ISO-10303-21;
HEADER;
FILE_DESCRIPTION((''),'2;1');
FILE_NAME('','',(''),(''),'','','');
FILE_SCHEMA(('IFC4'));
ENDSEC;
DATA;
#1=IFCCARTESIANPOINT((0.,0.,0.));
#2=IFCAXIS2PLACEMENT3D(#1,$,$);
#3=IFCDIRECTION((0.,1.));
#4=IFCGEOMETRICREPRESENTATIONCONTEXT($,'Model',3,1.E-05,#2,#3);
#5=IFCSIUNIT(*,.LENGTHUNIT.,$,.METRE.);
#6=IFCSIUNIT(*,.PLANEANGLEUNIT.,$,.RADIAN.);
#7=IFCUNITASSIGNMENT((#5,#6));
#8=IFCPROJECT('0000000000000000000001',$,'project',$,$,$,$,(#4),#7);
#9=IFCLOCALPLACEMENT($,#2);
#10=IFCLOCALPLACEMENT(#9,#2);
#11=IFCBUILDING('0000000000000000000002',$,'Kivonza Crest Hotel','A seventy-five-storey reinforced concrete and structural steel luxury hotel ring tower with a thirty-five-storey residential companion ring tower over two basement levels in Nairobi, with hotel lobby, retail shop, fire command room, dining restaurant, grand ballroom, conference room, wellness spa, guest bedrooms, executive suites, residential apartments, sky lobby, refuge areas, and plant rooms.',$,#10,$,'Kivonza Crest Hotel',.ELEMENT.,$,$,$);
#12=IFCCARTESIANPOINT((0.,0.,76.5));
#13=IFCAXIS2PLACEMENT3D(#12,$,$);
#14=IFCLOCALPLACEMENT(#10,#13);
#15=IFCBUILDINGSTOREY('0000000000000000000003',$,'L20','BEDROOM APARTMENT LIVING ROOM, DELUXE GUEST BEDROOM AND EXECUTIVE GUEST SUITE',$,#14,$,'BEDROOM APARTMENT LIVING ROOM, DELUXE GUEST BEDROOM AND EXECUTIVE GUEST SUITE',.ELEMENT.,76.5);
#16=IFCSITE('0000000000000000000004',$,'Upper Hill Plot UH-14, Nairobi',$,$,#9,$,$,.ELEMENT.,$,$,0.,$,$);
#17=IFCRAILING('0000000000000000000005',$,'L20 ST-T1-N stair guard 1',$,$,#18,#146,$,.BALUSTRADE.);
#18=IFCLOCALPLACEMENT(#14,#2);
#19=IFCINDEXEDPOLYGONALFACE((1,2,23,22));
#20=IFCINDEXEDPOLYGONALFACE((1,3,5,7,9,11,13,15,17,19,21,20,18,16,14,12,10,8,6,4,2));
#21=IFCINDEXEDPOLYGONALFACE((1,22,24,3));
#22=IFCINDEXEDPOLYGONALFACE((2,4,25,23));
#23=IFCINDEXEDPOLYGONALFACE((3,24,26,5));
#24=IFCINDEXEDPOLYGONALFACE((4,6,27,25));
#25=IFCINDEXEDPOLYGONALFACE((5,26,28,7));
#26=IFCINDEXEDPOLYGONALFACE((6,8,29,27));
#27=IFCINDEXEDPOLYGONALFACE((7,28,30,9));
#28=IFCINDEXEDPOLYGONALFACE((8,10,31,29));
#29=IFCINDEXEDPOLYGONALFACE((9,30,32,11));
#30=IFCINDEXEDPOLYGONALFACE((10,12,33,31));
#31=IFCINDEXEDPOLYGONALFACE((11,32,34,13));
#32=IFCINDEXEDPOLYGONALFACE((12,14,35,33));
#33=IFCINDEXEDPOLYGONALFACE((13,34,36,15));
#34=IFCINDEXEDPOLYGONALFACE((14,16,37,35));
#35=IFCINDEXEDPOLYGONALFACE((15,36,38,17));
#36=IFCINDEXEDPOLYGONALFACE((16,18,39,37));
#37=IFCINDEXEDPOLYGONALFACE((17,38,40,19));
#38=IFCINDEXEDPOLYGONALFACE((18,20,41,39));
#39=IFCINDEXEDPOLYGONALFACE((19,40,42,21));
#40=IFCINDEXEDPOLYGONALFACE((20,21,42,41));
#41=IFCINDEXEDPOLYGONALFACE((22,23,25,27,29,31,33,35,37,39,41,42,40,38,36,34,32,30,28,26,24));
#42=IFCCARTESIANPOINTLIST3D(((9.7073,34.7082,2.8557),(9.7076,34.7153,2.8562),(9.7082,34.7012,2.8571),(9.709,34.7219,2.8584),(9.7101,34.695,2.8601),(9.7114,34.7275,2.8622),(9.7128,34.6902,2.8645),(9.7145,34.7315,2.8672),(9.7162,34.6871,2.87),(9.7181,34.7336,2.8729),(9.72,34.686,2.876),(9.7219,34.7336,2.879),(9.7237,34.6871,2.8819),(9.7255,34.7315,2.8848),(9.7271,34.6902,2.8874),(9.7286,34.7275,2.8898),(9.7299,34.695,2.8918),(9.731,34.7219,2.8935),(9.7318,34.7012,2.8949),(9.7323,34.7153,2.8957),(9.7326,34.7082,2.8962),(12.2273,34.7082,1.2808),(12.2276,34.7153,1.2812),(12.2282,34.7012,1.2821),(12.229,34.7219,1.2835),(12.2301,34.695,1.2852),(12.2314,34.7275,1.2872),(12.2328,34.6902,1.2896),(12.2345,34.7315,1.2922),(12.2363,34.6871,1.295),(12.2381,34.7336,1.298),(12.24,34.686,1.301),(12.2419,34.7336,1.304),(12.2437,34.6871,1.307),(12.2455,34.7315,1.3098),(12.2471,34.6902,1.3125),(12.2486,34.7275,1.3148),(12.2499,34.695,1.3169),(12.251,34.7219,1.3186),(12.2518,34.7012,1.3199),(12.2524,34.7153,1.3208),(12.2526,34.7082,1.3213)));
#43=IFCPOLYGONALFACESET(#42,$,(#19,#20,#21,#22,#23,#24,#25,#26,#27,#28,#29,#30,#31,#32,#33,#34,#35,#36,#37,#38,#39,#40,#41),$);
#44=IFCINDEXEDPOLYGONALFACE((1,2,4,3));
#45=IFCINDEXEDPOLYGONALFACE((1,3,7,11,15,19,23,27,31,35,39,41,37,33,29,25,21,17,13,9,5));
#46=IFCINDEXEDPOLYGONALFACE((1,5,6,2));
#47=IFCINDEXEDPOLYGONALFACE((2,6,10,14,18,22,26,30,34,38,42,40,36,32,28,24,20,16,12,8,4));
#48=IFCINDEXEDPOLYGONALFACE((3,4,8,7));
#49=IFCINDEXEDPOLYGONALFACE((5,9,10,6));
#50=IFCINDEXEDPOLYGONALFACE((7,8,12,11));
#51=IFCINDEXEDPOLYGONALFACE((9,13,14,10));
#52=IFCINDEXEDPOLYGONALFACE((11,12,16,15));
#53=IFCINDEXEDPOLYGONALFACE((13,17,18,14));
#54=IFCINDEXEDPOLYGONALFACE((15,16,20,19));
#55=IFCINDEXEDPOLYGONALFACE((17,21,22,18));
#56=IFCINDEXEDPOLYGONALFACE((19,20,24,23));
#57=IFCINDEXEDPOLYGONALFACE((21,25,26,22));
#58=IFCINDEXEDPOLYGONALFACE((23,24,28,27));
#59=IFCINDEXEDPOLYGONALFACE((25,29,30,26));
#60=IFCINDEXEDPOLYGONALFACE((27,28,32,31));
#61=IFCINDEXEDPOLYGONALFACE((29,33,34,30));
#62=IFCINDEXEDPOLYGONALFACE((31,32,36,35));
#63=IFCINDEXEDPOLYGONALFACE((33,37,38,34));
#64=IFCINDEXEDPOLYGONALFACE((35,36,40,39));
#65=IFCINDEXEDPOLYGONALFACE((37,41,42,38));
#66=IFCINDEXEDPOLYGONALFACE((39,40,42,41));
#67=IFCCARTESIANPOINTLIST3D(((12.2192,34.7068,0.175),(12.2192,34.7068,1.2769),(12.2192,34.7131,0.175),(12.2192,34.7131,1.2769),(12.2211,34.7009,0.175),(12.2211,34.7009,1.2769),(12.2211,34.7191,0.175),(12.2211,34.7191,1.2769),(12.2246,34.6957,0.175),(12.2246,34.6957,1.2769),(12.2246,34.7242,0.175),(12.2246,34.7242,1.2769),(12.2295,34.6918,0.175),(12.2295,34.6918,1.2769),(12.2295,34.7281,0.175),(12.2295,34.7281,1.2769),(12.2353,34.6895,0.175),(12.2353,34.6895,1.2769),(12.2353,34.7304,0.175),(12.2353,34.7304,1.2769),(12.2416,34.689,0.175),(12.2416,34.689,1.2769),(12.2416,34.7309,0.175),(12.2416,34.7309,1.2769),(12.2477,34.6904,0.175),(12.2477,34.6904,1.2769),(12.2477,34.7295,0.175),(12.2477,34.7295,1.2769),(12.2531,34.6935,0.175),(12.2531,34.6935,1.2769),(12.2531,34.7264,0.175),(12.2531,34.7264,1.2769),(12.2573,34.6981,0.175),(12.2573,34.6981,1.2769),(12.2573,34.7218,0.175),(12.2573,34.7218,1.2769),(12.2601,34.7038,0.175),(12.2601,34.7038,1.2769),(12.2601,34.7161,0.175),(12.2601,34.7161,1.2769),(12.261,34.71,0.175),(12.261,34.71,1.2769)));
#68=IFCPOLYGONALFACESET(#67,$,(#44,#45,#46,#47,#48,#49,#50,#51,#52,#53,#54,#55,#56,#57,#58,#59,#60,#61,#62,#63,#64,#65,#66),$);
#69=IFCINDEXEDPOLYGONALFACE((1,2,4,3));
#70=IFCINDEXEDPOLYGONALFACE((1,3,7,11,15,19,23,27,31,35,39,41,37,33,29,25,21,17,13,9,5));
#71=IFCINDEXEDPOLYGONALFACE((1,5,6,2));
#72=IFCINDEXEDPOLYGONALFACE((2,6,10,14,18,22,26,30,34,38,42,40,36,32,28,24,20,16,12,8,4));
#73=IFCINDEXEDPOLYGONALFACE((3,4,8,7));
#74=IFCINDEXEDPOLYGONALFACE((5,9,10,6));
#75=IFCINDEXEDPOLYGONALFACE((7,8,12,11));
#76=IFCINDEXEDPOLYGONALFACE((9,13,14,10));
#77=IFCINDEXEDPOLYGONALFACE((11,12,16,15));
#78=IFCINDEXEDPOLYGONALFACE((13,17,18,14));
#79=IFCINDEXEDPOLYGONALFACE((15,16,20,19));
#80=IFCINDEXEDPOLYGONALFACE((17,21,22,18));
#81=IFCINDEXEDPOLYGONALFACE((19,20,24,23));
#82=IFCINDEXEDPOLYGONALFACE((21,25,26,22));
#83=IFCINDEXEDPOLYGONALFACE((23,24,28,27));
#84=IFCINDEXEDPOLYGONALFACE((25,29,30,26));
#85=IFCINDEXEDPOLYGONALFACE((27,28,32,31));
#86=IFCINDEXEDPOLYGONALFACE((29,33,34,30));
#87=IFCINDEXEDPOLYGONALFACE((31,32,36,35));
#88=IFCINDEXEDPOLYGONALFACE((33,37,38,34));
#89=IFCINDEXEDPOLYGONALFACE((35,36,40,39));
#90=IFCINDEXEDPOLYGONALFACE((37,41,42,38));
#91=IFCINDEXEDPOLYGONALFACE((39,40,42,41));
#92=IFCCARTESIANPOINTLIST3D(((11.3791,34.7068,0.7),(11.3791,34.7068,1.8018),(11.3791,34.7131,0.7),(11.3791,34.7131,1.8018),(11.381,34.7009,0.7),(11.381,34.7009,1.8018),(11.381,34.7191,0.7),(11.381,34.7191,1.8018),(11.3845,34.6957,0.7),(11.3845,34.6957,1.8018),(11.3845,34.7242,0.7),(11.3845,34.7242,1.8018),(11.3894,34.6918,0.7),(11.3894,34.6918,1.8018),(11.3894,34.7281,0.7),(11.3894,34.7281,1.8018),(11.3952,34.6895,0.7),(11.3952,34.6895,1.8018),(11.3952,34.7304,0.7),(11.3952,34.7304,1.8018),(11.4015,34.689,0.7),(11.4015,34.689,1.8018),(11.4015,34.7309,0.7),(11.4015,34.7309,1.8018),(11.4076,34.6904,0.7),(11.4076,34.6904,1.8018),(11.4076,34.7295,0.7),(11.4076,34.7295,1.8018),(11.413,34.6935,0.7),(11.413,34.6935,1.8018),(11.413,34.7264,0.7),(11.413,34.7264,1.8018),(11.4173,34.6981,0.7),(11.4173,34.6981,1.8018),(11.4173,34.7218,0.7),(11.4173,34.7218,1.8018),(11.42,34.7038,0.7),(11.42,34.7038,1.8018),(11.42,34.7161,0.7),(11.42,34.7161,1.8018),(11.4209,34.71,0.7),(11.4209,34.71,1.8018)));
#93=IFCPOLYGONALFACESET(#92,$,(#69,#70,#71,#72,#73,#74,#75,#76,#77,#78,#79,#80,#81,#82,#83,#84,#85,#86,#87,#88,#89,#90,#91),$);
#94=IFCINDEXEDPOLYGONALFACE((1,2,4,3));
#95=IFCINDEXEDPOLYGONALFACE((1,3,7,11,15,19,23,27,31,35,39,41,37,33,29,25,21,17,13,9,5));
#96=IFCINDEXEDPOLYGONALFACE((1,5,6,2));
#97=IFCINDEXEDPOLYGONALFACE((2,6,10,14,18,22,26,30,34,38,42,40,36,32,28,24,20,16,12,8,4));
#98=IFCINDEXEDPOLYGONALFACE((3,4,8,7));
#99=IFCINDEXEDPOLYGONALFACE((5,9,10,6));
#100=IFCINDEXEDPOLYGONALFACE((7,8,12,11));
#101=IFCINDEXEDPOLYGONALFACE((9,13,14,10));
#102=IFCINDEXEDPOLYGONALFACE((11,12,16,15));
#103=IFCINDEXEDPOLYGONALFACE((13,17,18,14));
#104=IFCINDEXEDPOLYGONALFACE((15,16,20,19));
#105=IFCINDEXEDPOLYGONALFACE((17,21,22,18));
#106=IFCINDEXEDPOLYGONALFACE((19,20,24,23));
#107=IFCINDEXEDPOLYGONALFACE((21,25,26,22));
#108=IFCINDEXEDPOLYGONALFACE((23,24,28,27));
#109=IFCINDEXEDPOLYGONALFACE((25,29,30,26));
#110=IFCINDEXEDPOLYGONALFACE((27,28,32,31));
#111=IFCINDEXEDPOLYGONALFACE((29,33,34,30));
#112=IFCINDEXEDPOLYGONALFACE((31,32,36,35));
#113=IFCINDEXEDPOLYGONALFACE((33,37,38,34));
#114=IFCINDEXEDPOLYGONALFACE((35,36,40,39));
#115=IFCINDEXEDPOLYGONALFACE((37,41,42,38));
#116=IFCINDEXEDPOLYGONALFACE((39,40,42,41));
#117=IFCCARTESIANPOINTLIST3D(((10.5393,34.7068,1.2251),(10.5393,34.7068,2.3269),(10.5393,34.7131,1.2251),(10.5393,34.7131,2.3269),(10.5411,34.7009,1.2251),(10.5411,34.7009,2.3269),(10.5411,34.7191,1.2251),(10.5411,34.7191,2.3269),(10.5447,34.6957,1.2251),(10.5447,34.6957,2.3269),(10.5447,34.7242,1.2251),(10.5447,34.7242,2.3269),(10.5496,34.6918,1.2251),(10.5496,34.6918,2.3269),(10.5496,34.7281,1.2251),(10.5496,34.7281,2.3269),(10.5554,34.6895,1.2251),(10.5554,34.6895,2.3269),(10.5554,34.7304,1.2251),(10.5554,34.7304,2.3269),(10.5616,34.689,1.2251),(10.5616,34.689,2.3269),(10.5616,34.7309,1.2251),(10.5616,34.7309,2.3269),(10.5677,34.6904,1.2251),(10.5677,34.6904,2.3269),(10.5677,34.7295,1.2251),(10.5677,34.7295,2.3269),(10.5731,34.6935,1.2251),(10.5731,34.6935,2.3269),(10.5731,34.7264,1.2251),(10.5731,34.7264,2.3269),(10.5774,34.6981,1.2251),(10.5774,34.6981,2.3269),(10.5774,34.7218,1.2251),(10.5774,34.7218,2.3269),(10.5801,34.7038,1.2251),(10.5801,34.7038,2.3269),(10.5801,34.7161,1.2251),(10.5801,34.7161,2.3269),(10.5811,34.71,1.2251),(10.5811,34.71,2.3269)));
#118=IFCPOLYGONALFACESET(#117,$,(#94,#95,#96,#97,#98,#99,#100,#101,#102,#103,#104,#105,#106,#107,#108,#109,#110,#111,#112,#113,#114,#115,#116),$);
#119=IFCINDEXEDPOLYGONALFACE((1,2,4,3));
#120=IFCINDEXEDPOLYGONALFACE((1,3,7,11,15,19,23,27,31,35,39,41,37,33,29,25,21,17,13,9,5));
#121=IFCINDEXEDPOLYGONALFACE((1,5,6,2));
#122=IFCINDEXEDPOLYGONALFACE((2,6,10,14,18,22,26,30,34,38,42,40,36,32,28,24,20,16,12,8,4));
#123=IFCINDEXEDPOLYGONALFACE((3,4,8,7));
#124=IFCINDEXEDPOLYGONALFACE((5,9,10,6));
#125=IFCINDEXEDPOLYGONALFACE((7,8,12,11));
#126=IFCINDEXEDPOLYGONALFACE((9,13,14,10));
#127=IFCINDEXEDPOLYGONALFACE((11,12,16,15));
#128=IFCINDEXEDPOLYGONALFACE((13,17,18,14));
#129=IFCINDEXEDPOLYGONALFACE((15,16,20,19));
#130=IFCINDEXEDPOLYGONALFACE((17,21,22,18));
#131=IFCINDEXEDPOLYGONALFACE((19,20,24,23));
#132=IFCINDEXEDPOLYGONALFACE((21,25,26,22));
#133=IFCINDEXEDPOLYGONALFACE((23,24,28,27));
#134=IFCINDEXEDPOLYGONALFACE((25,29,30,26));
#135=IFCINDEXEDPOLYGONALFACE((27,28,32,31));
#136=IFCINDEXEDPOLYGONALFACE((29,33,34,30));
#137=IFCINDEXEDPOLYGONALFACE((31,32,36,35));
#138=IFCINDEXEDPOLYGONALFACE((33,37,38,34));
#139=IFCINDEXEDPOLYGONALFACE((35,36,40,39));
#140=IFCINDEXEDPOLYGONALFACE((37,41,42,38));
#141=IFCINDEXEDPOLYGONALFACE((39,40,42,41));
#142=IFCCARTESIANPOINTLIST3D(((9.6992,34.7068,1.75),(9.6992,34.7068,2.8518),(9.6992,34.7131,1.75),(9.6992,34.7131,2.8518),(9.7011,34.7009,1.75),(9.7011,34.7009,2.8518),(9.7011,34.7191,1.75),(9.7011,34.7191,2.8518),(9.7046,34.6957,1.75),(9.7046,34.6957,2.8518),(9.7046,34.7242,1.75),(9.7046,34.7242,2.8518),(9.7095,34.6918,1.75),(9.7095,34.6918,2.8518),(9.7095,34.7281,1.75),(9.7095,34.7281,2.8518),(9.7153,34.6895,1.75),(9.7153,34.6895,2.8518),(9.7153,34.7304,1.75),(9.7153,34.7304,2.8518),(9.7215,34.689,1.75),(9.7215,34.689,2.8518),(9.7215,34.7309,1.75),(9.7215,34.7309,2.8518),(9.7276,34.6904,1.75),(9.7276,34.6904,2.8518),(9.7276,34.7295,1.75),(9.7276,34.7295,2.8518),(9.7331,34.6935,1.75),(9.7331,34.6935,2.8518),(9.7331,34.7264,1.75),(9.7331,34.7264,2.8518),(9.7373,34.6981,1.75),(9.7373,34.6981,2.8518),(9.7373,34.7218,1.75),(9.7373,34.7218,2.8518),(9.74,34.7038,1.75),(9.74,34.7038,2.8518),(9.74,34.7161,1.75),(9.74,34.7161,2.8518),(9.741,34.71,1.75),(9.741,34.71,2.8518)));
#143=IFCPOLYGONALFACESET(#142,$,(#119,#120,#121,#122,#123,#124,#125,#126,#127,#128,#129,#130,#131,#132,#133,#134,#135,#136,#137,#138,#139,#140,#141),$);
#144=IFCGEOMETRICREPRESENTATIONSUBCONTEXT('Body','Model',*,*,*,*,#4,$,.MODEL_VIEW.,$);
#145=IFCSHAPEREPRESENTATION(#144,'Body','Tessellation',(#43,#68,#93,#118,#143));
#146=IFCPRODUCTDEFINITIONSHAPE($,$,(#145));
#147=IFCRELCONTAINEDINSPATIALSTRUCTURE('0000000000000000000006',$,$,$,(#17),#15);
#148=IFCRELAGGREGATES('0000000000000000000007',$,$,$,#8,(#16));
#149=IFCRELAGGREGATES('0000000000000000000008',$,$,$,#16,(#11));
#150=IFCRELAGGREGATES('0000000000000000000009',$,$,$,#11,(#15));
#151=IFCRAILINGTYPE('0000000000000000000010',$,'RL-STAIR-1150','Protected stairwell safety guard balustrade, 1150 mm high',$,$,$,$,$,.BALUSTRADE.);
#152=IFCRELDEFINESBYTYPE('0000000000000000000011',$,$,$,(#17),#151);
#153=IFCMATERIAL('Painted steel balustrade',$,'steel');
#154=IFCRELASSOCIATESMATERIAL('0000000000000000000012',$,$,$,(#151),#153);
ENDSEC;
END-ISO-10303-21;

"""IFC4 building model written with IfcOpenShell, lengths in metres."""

from ifc_helpers import new_model, si_unit, direction, frame, origin, origin_2d, place, context, subcontext, project, spatial, circle, extrude, material, type_object, element, save


model = new_model("IFC4")

# Units and contexts
model_context = context("Model", 3, precision=1e-05, world=origin(), true_north=direction((0.0, 1.0)))
body_context = subcontext(model_context, "Body", "Model", "MODEL_VIEW")
ifc_project = project(units=[si_unit("LENGTHUNIT", "METRE"), si_unit("PLANEANGLEUNIT", "RADIAN")], contexts=[model_context])

# Site, building, storey
site_placement = place(None, origin())
site = spatial("IfcSite", under=ifc_project, at=site_placement, Name="Upper Hill Plot UH-14, Nairobi", CompositionType="ELEMENT", RefElevation=0.0)
building_placement = place(site_placement, origin())
building = spatial("IfcBuilding", under=site, at=building_placement, Name="Kivonza Crest Hotel", Description="A seventy-five-storey reinforced concrete and structural steel luxury hotel ring tower with a thirty-five-storey residential companion ring tower over two basement levels in Nairobi, with hotel lobby, retail shop, fire command room, dining restaurant, grand ballroom, conference room, wellness spa, guest bedrooms, executive suites, residential apartments, sky lobby, refuge areas, and plant rooms.", LongName="Kivonza Crest Hotel", CompositionType="ELEMENT")
storey_placement = place(building_placement, frame((0.0, 0.0, 76.5)))
storey = spatial("IfcBuildingStorey", under=building, at=storey_placement, Name="L20", Description="BEDROOM APARTMENT LIVING ROOM, DELUXE GUEST BEDROOM AND EXECUTIVE GUEST SUITE", LongName="BEDROOM APARTMENT LIVING ROOM, DELUXE GUEST BEDROOM AND EXECUTIVE GUEST SUITE", CompositionType="ELEMENT", Elevation=76.5)

# Railing
ifc_material_1 = material(Name="Painted steel balustrade", Category="steel")
railing_type_1 = type_object("IfcRailingType", Name="RL-STAIR-1150", Description="Protected stairwell safety guard balustrade, 1150 mm high", PredefinedType="BALUSTRADE", material=ifc_material_1)
railing_1_placement = place(storey_placement, frame((12.24, 34.71, 0.175)))
element("IfcRailing", 1, at=railing_1_placement, inside=storey, type_object=railing_type_1, Name="L20 ST-T1-N stair guard 1", PredefinedType="BALUSTRADE", context=body_context, shape_type="SweptSolid", body=[
    extrude(circle(Radius=0.0239, at=origin_2d()), frame((0.0, 0.0, 1.126), z_axis=(-0.848008, 0.0, 0.529984), x_axis=(0.0, -1.0, 0.0)), (0.0, 0.0, 1.0), 2.9717),
    extrude(circle(Radius=0.021, at=origin_2d()), origin(), (0.0, 0.0, 1.0), 1.1018),
    extrude(circle(Radius=0.021, at=origin_2d()), frame((-0.8401, 0.0, 0.5249)), (0.0, 0.0, 1.0), 1.1018),
    extrude(circle(Radius=0.021, at=origin_2d()), frame((-1.6799, 0.0, 1.05)), (0.0, 0.0, 1.0), 1.1018),
    extrude(circle(Radius=0.021, at=origin_2d()), frame((-2.52, 0.0, 1.575)), (0.0, 0.0, 1.0), 1.1018),
])

save(model, "model.ifc")
